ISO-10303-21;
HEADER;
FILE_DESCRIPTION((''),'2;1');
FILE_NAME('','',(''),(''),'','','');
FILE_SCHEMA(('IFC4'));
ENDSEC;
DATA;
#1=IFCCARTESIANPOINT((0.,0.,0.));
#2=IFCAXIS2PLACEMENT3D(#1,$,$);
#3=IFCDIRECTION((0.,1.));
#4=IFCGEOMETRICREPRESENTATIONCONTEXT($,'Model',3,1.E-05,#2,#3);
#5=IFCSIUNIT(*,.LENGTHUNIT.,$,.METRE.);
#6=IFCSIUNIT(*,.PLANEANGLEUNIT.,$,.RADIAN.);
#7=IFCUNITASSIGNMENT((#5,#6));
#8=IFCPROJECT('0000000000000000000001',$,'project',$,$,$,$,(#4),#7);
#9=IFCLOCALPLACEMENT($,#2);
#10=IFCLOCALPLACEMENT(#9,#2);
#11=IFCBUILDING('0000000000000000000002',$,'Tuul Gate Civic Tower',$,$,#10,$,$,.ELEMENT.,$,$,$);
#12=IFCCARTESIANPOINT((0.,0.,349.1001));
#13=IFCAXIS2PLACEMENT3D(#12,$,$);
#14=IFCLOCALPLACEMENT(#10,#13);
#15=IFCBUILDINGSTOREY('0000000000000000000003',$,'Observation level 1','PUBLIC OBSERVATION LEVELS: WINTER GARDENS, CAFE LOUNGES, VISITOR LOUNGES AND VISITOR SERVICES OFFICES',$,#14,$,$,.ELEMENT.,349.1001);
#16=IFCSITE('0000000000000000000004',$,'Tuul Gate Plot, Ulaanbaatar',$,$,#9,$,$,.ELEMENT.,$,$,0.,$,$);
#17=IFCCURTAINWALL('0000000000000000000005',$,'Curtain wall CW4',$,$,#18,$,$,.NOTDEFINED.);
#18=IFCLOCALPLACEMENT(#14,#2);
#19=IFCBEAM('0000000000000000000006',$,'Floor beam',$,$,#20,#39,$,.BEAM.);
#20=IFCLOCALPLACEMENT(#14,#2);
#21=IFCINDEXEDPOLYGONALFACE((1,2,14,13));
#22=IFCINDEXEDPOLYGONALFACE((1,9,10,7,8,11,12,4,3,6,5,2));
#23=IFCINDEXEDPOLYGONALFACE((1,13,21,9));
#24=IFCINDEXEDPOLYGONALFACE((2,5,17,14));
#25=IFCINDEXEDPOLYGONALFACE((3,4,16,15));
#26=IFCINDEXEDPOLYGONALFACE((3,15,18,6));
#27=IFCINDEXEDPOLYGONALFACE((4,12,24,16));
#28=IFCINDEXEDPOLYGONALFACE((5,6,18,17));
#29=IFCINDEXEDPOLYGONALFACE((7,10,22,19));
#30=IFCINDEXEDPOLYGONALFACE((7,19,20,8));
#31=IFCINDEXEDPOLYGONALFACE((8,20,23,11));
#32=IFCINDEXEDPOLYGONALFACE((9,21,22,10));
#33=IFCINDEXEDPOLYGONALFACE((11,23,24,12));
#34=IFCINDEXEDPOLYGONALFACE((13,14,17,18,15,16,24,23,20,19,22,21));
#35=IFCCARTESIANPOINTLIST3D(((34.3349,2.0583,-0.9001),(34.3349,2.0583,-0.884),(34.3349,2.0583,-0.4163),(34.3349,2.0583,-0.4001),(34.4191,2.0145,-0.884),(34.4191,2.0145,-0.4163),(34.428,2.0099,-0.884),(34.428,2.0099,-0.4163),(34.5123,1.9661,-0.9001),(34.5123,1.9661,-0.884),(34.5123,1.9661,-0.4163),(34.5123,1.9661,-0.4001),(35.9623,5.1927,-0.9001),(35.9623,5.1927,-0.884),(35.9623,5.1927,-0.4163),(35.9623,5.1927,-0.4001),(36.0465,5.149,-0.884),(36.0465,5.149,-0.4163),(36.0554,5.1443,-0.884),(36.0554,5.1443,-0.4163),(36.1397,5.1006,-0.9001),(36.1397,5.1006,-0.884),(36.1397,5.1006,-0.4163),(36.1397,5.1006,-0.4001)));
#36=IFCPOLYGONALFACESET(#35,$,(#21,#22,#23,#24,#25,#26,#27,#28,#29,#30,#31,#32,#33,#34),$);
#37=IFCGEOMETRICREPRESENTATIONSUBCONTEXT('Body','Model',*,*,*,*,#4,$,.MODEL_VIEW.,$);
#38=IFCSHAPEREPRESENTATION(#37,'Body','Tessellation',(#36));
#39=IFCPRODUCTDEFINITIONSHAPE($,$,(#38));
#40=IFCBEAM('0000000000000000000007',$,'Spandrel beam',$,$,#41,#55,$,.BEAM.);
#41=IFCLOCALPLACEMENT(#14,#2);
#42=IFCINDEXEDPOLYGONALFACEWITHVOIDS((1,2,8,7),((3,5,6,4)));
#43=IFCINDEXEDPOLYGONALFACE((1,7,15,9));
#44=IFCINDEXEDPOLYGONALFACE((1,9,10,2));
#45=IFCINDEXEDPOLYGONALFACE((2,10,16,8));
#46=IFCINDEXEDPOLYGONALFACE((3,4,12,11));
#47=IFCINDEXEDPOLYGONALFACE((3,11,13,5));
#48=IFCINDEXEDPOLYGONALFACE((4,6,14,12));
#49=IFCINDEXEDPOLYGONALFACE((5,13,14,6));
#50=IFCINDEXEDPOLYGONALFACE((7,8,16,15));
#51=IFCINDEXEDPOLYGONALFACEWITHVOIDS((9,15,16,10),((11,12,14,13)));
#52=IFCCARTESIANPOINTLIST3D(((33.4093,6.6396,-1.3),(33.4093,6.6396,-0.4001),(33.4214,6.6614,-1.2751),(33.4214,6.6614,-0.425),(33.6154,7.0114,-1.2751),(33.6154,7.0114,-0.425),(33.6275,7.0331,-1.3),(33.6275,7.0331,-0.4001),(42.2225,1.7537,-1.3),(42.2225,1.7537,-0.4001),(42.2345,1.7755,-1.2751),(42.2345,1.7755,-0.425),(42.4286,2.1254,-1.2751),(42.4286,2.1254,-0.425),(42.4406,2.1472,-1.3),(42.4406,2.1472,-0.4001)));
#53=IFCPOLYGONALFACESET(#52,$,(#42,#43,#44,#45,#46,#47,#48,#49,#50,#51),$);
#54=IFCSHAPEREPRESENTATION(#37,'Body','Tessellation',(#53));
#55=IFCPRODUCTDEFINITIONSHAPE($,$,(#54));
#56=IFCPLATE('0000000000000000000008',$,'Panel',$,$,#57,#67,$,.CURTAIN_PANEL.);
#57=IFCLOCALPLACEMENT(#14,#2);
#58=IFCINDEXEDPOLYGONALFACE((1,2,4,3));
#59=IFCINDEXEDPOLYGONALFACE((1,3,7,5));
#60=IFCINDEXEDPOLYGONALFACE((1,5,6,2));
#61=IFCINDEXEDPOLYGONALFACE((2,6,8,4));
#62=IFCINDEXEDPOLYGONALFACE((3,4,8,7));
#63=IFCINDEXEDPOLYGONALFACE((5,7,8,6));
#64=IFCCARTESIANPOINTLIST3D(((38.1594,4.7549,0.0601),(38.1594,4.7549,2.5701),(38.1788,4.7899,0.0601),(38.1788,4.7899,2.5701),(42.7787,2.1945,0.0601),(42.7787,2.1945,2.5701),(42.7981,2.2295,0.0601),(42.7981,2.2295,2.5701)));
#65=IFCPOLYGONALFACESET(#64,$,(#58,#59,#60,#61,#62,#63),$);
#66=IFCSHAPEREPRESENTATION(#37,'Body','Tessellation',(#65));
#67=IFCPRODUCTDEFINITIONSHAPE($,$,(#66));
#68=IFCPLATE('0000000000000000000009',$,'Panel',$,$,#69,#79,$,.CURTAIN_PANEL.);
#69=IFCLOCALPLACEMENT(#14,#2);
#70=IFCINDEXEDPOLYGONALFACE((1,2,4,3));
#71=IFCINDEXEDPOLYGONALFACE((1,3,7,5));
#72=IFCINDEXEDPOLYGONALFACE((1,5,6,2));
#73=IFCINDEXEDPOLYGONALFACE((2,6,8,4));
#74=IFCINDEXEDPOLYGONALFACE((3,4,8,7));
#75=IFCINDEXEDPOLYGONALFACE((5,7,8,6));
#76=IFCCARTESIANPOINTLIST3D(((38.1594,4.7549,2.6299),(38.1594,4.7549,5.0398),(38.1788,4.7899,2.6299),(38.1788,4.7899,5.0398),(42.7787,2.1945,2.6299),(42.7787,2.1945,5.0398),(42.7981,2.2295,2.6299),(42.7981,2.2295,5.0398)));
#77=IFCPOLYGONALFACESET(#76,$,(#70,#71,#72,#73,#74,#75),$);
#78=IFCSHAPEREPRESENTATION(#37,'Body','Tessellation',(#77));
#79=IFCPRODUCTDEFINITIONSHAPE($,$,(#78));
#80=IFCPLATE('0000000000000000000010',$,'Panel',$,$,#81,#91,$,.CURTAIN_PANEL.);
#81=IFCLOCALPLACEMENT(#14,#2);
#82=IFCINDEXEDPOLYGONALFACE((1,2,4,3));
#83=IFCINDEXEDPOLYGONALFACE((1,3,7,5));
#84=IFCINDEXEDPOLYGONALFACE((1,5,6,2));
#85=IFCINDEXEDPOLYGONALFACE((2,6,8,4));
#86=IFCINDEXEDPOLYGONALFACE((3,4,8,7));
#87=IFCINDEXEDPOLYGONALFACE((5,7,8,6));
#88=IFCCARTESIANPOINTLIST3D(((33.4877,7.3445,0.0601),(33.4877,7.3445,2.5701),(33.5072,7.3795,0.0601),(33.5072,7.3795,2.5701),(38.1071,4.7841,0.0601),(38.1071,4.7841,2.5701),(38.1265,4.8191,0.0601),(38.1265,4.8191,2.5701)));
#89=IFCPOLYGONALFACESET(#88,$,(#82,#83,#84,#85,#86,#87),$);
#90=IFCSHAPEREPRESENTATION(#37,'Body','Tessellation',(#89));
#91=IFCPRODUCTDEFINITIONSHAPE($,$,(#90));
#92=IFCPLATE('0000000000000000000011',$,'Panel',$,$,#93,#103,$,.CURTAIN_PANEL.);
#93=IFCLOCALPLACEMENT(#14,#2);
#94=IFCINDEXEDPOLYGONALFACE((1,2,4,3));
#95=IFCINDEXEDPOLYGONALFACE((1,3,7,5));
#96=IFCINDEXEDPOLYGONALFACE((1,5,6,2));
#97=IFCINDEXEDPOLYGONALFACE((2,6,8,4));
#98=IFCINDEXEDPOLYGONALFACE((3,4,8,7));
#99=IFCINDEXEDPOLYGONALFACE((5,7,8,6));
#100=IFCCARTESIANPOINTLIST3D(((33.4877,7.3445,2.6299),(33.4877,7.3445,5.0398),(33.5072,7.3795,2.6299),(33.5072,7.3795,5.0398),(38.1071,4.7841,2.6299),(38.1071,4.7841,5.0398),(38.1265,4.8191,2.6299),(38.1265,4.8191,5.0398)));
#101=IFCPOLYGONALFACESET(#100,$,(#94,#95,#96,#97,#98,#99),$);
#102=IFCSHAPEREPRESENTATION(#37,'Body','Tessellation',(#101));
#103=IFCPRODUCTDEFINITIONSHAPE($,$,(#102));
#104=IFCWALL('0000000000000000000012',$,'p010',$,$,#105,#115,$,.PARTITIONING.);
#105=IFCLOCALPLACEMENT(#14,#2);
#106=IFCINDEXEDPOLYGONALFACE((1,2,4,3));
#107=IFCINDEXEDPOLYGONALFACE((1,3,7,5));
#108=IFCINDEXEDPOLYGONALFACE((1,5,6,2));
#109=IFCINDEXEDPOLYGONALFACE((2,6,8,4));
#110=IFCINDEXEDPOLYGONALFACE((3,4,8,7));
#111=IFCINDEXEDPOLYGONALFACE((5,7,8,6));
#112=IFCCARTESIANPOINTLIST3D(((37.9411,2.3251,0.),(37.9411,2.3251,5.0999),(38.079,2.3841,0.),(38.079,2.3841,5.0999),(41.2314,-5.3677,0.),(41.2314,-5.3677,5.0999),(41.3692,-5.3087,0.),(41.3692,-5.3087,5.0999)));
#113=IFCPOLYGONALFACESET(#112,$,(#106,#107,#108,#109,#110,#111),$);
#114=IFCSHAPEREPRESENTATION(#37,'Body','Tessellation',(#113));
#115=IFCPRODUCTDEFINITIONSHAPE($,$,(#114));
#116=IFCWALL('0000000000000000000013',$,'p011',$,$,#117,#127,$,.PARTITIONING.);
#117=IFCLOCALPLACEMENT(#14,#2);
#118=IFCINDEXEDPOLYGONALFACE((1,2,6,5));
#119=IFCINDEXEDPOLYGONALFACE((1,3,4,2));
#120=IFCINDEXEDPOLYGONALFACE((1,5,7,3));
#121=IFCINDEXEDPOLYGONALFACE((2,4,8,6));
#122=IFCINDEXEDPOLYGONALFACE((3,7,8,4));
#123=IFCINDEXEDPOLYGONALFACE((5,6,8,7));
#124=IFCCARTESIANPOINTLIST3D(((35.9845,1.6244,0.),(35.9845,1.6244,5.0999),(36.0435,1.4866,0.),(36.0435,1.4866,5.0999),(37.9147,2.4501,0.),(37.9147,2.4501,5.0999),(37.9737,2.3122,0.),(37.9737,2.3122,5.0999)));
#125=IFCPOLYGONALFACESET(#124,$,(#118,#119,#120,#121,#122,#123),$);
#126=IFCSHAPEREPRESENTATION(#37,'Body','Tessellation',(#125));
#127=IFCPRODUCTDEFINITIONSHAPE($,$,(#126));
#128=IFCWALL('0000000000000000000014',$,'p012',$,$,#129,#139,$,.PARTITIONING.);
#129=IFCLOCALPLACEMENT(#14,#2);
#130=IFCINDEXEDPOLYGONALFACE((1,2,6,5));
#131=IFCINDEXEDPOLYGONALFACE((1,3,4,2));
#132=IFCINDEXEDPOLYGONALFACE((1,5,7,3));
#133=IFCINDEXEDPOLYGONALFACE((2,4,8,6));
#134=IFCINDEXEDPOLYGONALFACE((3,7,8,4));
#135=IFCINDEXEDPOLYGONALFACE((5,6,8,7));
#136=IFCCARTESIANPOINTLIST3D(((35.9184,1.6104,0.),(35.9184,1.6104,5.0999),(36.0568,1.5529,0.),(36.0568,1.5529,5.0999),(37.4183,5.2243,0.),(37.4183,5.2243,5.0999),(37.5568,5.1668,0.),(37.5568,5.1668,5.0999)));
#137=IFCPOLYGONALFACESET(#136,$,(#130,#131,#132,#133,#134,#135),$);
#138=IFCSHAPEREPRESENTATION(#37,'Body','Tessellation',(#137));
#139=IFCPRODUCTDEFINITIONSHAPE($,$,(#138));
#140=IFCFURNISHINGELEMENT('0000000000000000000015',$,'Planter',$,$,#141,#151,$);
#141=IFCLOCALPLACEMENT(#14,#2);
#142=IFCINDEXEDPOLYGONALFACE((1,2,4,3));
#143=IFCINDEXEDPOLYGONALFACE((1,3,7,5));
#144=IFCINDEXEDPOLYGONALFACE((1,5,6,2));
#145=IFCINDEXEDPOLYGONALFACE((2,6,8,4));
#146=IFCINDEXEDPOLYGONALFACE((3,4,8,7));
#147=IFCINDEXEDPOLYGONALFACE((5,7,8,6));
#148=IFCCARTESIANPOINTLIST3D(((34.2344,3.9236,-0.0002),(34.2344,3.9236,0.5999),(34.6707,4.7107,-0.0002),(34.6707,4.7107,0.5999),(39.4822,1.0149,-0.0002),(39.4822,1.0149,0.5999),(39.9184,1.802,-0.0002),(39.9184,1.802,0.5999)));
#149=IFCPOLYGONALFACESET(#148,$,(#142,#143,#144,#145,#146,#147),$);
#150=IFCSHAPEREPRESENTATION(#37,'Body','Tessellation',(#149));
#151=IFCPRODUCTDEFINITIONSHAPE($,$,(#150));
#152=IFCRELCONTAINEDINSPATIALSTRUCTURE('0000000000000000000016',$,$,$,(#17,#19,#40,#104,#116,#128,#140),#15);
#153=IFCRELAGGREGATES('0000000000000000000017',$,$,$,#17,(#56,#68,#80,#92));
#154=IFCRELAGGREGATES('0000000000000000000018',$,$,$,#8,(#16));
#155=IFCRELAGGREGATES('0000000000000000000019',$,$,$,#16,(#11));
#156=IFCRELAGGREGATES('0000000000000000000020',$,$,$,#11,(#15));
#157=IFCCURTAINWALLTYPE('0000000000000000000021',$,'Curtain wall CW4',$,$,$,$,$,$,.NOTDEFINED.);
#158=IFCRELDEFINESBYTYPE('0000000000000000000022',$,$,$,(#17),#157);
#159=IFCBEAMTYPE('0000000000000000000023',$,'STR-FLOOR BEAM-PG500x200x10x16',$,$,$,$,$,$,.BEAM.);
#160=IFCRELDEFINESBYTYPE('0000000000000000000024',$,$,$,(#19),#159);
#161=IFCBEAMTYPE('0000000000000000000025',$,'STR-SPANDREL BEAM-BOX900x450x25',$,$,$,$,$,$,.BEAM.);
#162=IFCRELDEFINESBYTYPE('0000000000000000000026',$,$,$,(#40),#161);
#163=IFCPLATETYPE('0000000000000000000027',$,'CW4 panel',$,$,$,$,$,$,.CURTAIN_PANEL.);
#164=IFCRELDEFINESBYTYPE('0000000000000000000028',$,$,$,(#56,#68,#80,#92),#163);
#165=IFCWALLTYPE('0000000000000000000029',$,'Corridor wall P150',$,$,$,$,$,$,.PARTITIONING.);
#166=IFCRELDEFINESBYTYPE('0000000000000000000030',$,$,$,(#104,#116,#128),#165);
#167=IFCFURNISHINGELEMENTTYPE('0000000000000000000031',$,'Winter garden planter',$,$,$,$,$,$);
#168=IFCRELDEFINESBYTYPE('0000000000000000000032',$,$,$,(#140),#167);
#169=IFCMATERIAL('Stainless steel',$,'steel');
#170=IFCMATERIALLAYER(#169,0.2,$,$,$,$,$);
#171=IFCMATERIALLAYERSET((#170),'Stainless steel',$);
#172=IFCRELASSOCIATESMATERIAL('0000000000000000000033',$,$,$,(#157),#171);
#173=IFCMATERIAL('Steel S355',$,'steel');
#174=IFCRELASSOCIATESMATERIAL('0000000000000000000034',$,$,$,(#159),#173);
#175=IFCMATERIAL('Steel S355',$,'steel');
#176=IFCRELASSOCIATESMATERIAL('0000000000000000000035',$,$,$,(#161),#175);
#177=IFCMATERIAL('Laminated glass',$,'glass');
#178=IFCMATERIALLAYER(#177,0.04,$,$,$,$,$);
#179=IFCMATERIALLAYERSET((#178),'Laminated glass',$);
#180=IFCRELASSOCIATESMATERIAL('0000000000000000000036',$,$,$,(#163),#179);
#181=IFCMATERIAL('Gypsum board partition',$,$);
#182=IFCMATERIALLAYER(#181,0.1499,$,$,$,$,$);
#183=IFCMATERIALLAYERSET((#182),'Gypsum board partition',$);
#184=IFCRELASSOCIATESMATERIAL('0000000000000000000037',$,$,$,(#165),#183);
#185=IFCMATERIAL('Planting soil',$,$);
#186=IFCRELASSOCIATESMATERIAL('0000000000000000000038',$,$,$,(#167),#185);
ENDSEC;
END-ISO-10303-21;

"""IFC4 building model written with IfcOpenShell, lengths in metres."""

from ifc_helpers import new_model, si_unit, direction, frame, frame_2d, origin, origin_2d, place, context, subcontext, project, spatial, rectangle, hollow_rectangle, i_section, extrude, material, layer, layer_set, material_profile, profile_set, type_object, element, aggregate, save


model = new_model("IFC4")

# Units and contexts
model_context = context("Model", 3, precision=1e-05, world=origin(), true_north=direction((0.0, 1.0)))
body_context = subcontext(model_context, "Body", "Model", "MODEL_VIEW")
ifc_project = project(units=[si_unit("LENGTHUNIT", "METRE"), si_unit("PLANEANGLEUNIT", "RADIAN")], contexts=[model_context])

# Site, building, storey
site_placement = place(None, origin())
site = spatial("IfcSite", under=ifc_project, at=site_placement, Name="Tuul Gate Plot, Ulaanbaatar", CompositionType="ELEMENT", RefElevation=0.0)
building_placement = place(site_placement, origin())
building = spatial("IfcBuilding", under=site, at=building_placement, Name="Tuul Gate Civic Tower", CompositionType="ELEMENT")
storey_placement = place(building_placement, frame((0.0, 0.0, 349.1001)))
storey = spatial("IfcBuildingStorey", under=building, at=storey_placement, Name="Observation level 1", Description="PUBLIC OBSERVATION LEVELS: WINTER GARDENS, CAFE LOUNGES, VISITOR LOUNGES AND VISITOR SERVICES OFFICES", CompositionType="ELEMENT", Elevation=349.1001)

# Shared definitions
ifc_material_1 = material(Name="Stainless steel", Category="steel")
ifc_layer_1 = layer(ifc_material_1, 0.2)
ifc_layer_set_1 = layer_set([ifc_layer_1], Name="Stainless steel")
curtain_wall_type = type_object("IfcCurtainWallType", Name="Curtain wall CW4", PredefinedType="NOTDEFINED", material=ifc_layer_set_1)

# Curtain wall
curtain_wall_1_placement = place(storey_placement, origin())
curtain_wall_1 = element("IfcCurtainWall", 1, at=curtain_wall_1_placement, inside=storey, type_object=curtain_wall_type, Name="Curtain wall CW4", PredefinedType="NOTDEFINED")

# Beams
ifc_material_2 = material(Name="Steel S355", Category="steel")
ifc_material_profile_1 = material_profile(ifc_material_2, i_section(OverallWidth=0.2, OverallDepth=0.5, WebThickness=0.01, FlangeThickness=0.0161, at=origin_2d()), Name="PG500x200x10x16")
ifc_profile_set_1 = profile_set([ifc_material_profile_1], Name="Steel S355")
beam_type_1 = type_object("IfcBeamType", Name="STR-FLOOR BEAM-PG500x200x10x16", PredefinedType="BEAM", material=ifc_profile_set_1)
beam_1_placement = place(storey_placement, frame((34.4236, 2.0122, -0.6501), z_axis=(0.460793, 0.887507, 0.0), x_axis=(-0.887507, 0.460793, 0.0)))
element("IfcBeam", 2, at=beam_1_placement, inside=storey, type_object=beam_type_1, Name="Floor beam", PredefinedType="BEAM", context=body_context, shape_type="SweptSolid", body=[
    extrude(i_section(OverallWidth=0.2, OverallDepth=0.5, WebThickness=0.01, FlangeThickness=0.0161, at=origin_2d()), origin(), (0.0, 0.0, 1.0), 3.5317),
])
ifc_material_3 = material(Name="Steel S355", Category="steel")
ifc_material_profile_2 = material_profile(ifc_material_3, hollow_rectangle(XDim=0.45, YDim=0.8999, WallThickness=0.0249, at=origin_2d()), Name="BOX900x450x25")
ifc_profile_set_2 = profile_set([ifc_material_profile_2], Name="Steel S355")
beam_type_2 = type_object("IfcBeamType", Name="STR-SPANDREL BEAM-BOX900x450x25", PredefinedType="BEAM", material=ifc_profile_set_2)
beam_2_placement = place(storey_placement, frame((42.3315, 1.9504, -0.8501), z_axis=(-0.874589, 0.484865, 0.0), x_axis=(-0.484865, -0.874589, 0.0)))
element("IfcBeam", 3, at=beam_2_placement, inside=storey, type_object=beam_type_2, Name="Spandrel beam", PredefinedType="BEAM", context=body_context, shape_type="SweptSolid", body=[
    extrude(hollow_rectangle(XDim=0.45, YDim=0.8999, WallThickness=0.0249, at=origin_2d()), origin(), (0.0, 0.0, 1.0), 10.0769),
])

# Plates
ifc_material_4 = material(Name="Laminated glass", Category="glass")
ifc_layer_2 = layer(ifc_material_4, 0.04)
ifc_layer_set_2 = layer_set([ifc_layer_2], Name="Laminated glass")
plate_type = type_object("IfcPlateType", Name="CW4 panel", PredefinedType="CURTAIN_PANEL", material=ifc_layer_set_2)
plate_1_placement = place(storey_placement, frame((40.4788, 3.4922, 0.0601), z_axis=(0.0, 0.0, 1.0), x_axis=(-0.874631, 0.484789, 0.0)))
plate_1 = element("IfcPlate", 4, at=plate_1_placement, type_object=plate_type, Name="Panel", PredefinedType="CURTAIN_PANEL", context=body_context, shape_type="SweptSolid", body=[
    extrude(rectangle(XDim=5.2815, YDim=0.04, at=origin_2d()), origin(), (0.0, 0.0, 1.0), 2.51),
])
plate_2_placement = place(storey_placement, frame((40.4788, 3.4922, 2.6299), z_axis=(0.0, 0.0, 1.0), x_axis=(-0.874631, 0.484789, 0.0)))
plate_2 = element("IfcPlate", 5, at=plate_2_placement, type_object=plate_type, Name="Panel", PredefinedType="CURTAIN_PANEL", context=body_context, shape_type="SweptSolid", body=[
    extrude(rectangle(XDim=5.2815, YDim=0.04, at=origin_2d()), origin(), (0.0, 0.0, 1.0), 2.4099),
])
plate_3_placement = place(storey_placement, frame((35.8071, 6.0818, 0.0601), z_axis=(0.0, 0.0, 1.0), x_axis=(-0.874631, 0.484789, 0.0)))
plate_3 = element("IfcPlate", 6, at=plate_3_placement, type_object=plate_type, Name="Panel", PredefinedType="CURTAIN_PANEL", context=body_context, shape_type="SweptSolid", body=[
    extrude(rectangle(XDim=5.2815, YDim=0.04, at=origin_2d()), origin(), (0.0, 0.0, 1.0), 2.51),
])
plate_4_placement = place(storey_placement, frame((35.8071, 6.0818, 2.6299), z_axis=(0.0, 0.0, 1.0), x_axis=(-0.874631, 0.484789, 0.0)))
plate_4 = element("IfcPlate", 7, at=plate_4_placement, type_object=plate_type, Name="Panel", PredefinedType="CURTAIN_PANEL", context=body_context, shape_type="SweptSolid", body=[
    extrude(rectangle(XDim=5.2815, YDim=0.04, at=origin_2d()), origin(), (0.0, 0.0, 1.0), 2.4099),
])
aggregate(curtain_wall_1, [plate_1, plate_2, plate_3, plate_4])

# Walls
ifc_material_5 = material(Name="Gypsum board partition")
ifc_layer_3 = layer(ifc_material_5, 0.1499)
ifc_layer_set_3 = layer_set([ifc_layer_3], Name="Gypsum board partition")
wall_type = type_object("IfcWallType", Name="Corridor wall P150", PredefinedType="PARTITIONING", material=ifc_layer_set_3)
wall_1_placement = place(storey_placement, frame((38.01, 2.3547, 0.0), z_axis=(0.0, 0.0, 1.0), x_axis=(0.393247, -0.919433, 0.0)))
element("IfcWall", 8, at=wall_1_placement, inside=storey, type_object=wall_type, Name="p010", PredefinedType="PARTITIONING", context=body_context, shape_type="SweptSolid", body=[
    extrude(rectangle(XDim=8.3669, YDim=0.1499, at=frame_2d((4.1836, 0.0))), origin(), (0.0, 0.0, 1.0), 5.0999),
])
wall_2_placement = place(storey_placement, frame((36.0139, 1.5554, 0.0), z_axis=(0.0, 0.0, 1.0), x_axis=(0.919409, 0.393302, 0.0)))
element("IfcWall", 9, at=wall_2_placement, inside=storey, type_object=wall_type, Name="p011", PredefinedType="PARTITIONING", context=body_context, shape_type="SweptSolid", body=[
    extrude(rectangle(XDim=2.0994, YDim=0.1499, at=frame_2d((1.0498, 0.0))), origin(), (0.0, 0.0, 1.0), 5.0999),
])
wall_3_placement = place(storey_placement, frame((35.9875, 1.5815, 0.0), z_axis=(0.0, 0.0, 1.0), x_axis=(0.383344, 0.923606, 0.0)))
element("IfcWall", 10, at=wall_3_placement, inside=storey, type_object=wall_type, Name="p012", PredefinedType="PARTITIONING", context=body_context, shape_type="SweptSolid", body=[
    extrude(rectangle(XDim=3.9128, YDim=0.1499, at=frame_2d((1.9565, 0.0))), origin(), (0.0, 0.0, 1.0), 5.0999),
])

# Furnishing element
ifc_material_6 = material(Name="Planting soil")
furnishing_element_type = type_object("IfcFurnishingElementType", Name="Winter garden planter", material=ifc_material_6)
furnishing_placement = place(storey_placement, frame((37.0764, 2.8628, -0.0002), z_axis=(0.0, 0.0, 1.0), x_axis=(-0.874631, 0.484789, 0.0)))
element("IfcFurnishingElement", 11, at=furnishing_placement, inside=storey, type_object=furnishing_element_type, Name="Planter", context=body_context, shape_type="SweptSolid", body=[
    extrude(rectangle(XDim=6.0, YDim=0.8999, at=origin_2d()), origin(), (0.0, 0.0, 1.0), 0.6001),
])

save(model, "model.ifc")
